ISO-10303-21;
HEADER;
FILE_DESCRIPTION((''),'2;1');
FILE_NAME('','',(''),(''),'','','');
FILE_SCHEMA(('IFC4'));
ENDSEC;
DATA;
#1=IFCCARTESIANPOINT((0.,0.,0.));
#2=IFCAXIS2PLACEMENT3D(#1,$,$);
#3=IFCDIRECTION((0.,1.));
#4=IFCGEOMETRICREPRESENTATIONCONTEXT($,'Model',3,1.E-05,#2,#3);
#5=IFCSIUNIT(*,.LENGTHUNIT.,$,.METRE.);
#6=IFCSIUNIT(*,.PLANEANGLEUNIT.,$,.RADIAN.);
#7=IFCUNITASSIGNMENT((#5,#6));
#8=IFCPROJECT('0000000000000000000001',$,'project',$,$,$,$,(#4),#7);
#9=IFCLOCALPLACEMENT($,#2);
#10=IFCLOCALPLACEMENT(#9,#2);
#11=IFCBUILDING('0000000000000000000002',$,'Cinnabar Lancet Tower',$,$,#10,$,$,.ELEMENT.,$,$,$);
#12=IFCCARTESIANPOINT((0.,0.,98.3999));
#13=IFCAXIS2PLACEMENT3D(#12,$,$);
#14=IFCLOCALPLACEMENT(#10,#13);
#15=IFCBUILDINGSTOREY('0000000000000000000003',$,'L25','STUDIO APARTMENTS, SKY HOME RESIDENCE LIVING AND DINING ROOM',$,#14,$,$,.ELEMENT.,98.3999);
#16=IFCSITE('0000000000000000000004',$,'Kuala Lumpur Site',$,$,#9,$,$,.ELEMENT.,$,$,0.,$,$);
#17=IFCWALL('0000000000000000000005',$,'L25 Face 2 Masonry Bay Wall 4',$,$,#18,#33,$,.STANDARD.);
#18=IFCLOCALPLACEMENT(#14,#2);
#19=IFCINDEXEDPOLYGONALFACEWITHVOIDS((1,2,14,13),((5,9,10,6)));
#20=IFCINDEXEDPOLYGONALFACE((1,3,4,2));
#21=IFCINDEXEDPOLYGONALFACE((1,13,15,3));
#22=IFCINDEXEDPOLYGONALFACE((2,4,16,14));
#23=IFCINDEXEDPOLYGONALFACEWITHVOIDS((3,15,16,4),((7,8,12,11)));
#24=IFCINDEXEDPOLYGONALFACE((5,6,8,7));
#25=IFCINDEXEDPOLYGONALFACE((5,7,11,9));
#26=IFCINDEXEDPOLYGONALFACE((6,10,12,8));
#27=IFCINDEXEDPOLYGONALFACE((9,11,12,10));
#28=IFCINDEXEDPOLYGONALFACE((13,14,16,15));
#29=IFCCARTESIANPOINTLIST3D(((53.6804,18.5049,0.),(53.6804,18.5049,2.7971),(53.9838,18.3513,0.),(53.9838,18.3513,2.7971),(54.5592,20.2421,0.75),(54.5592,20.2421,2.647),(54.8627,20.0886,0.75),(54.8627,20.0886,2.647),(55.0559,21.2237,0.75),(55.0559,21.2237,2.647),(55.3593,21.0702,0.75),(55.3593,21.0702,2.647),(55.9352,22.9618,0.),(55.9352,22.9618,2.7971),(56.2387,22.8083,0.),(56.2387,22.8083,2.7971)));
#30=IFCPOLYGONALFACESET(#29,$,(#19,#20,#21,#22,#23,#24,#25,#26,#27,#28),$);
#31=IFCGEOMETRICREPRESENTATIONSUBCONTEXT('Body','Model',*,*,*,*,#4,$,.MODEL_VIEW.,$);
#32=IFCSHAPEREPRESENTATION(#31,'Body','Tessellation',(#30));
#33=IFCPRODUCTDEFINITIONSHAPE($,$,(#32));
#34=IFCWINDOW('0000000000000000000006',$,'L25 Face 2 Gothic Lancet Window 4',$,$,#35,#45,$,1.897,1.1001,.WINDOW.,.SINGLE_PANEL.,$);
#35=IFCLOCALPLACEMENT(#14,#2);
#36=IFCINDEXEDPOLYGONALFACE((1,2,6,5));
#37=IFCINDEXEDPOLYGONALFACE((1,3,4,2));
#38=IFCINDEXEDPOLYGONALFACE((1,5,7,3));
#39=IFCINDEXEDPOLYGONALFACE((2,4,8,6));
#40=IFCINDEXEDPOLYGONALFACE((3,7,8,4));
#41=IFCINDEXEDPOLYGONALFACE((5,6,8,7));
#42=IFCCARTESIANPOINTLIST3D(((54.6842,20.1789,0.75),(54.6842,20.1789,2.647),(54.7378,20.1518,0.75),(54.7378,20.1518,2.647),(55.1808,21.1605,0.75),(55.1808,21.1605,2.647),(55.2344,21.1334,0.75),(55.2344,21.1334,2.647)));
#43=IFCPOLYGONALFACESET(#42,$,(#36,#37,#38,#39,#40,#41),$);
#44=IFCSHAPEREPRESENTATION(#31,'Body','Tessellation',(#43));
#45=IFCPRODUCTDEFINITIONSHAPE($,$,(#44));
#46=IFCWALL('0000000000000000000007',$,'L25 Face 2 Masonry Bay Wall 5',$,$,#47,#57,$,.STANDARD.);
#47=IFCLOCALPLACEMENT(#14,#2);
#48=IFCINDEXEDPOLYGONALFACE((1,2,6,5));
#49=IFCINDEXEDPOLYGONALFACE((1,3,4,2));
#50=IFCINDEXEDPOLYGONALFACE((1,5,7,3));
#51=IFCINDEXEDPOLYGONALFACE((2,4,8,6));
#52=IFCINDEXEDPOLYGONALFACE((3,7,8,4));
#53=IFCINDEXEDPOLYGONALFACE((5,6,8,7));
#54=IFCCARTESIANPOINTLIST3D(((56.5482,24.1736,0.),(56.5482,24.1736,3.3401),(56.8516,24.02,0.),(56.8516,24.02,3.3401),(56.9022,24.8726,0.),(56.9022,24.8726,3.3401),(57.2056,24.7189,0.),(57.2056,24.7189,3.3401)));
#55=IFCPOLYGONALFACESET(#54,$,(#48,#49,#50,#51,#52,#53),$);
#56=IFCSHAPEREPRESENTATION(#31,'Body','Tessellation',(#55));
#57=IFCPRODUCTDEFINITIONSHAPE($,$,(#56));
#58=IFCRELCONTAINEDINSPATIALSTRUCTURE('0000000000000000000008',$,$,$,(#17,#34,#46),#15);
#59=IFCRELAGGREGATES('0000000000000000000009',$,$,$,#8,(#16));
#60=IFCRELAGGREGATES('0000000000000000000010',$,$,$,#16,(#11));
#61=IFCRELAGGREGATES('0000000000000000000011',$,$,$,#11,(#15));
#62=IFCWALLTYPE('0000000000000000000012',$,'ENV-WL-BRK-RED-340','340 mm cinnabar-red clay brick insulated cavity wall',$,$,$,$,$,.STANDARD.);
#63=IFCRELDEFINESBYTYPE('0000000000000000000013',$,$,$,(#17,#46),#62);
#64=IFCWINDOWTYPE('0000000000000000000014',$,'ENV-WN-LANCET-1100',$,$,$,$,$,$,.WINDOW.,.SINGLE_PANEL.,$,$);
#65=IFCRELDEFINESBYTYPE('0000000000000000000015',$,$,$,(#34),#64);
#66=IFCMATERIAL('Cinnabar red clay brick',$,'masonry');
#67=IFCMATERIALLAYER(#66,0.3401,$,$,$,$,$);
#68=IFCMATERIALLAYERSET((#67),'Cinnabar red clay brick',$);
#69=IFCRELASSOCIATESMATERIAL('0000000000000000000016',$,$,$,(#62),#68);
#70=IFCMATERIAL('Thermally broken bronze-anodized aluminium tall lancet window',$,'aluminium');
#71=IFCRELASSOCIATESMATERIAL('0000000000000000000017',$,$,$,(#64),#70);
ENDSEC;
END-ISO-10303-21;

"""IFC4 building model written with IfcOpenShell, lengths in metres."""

from ifc_helpers import new_model, si_unit, direction, frame, frame_2d, origin, place, context, subcontext, project, spatial, rectangle, extrude, material, layer, layer_set, type_object, element, fill, save


model = new_model("IFC4")

# Units and contexts
model_context = context("Model", 3, precision=1e-05, world=origin(), true_north=direction((0.0, 1.0)))
body_context = subcontext(model_context, "Body", "Model", "MODEL_VIEW")
ifc_project = project(units=[si_unit("LENGTHUNIT", "METRE"), si_unit("PLANEANGLEUNIT", "RADIAN")], contexts=[model_context])

# Site, building, storey
site_placement = place(None, origin())
site = spatial("IfcSite", under=ifc_project, at=site_placement, Name="Kuala Lumpur Site", CompositionType="ELEMENT", RefElevation=0.0)
building_placement = place(site_placement, origin())
building = spatial("IfcBuilding", under=site, at=building_placement, Name="Cinnabar Lancet Tower", CompositionType="ELEMENT")
storey_placement = place(building_placement, frame((0.0, 0.0, 98.3999)))
storey = spatial("IfcBuildingStorey", under=building, at=storey_placement, Name="L25", Description="STUDIO APARTMENTS, SKY HOME RESIDENCE LIVING AND DINING ROOM", CompositionType="ELEMENT", Elevation=98.3999)

# Wall, opening, window
ifc_material_1 = material(Name="Cinnabar red clay brick", Category="masonry")
ifc_layer_1 = layer(ifc_material_1, 0.3401)
ifc_layer_set_1 = layer_set([ifc_layer_1], Name="Cinnabar red clay brick")
wall_type_1 = type_object("IfcWallType", Name="ENV-WL-BRK-RED-340", Description="340 mm cinnabar-red clay brick insulated cavity wall", PredefinedType="STANDARD", material=ifc_layer_set_1)
ifc_material_2 = material(Name="Thermally broken bronze-anodized aluminium tall lancet window", Category="aluminium")
window_type = type_object("IfcWindowType", Name="ENV-WN-LANCET-1100", PartitioningType="SINGLE_PANEL", PredefinedType="WINDOW", material=ifc_material_2)
wall_1_placement = place(storey_placement, frame((53.832, 18.428, 0.0), z_axis=(0.0, 0.0, 1.0), x_axis=(0.451432, 0.892306, 0.0)))
wall_1 = element("IfcWall", 1, at=wall_1_placement, inside=storey, type_object=wall_type_1, Name="L25 Face 2 Masonry Bay Wall 4", PredefinedType="STANDARD", context=body_context, shape_type="SweptSolid", body=[
    extrude(rectangle(XDim=4.9949, YDim=0.3401, at=frame_2d((2.4976, 0.0))), origin(), (0.0, 0.0, 1.0), 2.7971),
])
opening_1_placement = place(wall_1_placement, frame((1.947, 0.0, 0.75)))
opening_1 = element("IfcOpeningElement", 2, at=opening_1_placement, cuts=wall_1, PredefinedType="OPENING", context=body_context, shape_type="SweptSolid", body=[
    extrude(rectangle(XDim=1.1001, YDim=1.897, at=frame_2d((0.55, 0.9485))), frame((0.0, 0.1799, 0.0), z_axis=(0.0, -1.0, 0.0), x_axis=(1.0, 0.0, 0.0)), (0.0, 0.0, 1.0), 0.3601),
])
window_1_placement = place(opening_1_placement, origin())
window_1 = element("IfcWindow", 3, at=window_1_placement, inside=storey, type_object=window_type, Name="L25 Face 2 Gothic Lancet Window 4", OverallHeight=1.897, OverallWidth=1.1001, PartitioningType="SINGLE_PANEL", PredefinedType="WINDOW", context=body_context, shape_type="SweptSolid", body=[
    extrude(rectangle(XDim=1.1001, YDim=1.897, at=frame_2d((0.55, 0.9485))), frame((0.0, 0.03, 0.0), z_axis=(0.0, -1.0, 0.0), x_axis=(1.0, 0.0, 0.0)), (0.0, 0.0, 1.0), 0.0601),
])
fill(opening_1, window_1)

# Wall
wall_2_placement = place(storey_placement, frame((56.7, 24.0969, 0.0), z_axis=(0.0, 0.0, 1.0), x_axis=(0.451819, 0.892109, 0.0)))
element("IfcWall", 4, at=wall_2_placement, inside=storey, type_object=wall_type_1, Name="L25 Face 2 Masonry Bay Wall 5", PredefinedType="STANDARD", context=body_context, shape_type="SweptSolid", body=[
    extrude(rectangle(XDim=0.7834, YDim=0.3401, at=frame_2d((0.3916, 0.0))), origin(), (0.0, 0.0, 1.0), 3.3401),
])

save(model, "model.ifc")
